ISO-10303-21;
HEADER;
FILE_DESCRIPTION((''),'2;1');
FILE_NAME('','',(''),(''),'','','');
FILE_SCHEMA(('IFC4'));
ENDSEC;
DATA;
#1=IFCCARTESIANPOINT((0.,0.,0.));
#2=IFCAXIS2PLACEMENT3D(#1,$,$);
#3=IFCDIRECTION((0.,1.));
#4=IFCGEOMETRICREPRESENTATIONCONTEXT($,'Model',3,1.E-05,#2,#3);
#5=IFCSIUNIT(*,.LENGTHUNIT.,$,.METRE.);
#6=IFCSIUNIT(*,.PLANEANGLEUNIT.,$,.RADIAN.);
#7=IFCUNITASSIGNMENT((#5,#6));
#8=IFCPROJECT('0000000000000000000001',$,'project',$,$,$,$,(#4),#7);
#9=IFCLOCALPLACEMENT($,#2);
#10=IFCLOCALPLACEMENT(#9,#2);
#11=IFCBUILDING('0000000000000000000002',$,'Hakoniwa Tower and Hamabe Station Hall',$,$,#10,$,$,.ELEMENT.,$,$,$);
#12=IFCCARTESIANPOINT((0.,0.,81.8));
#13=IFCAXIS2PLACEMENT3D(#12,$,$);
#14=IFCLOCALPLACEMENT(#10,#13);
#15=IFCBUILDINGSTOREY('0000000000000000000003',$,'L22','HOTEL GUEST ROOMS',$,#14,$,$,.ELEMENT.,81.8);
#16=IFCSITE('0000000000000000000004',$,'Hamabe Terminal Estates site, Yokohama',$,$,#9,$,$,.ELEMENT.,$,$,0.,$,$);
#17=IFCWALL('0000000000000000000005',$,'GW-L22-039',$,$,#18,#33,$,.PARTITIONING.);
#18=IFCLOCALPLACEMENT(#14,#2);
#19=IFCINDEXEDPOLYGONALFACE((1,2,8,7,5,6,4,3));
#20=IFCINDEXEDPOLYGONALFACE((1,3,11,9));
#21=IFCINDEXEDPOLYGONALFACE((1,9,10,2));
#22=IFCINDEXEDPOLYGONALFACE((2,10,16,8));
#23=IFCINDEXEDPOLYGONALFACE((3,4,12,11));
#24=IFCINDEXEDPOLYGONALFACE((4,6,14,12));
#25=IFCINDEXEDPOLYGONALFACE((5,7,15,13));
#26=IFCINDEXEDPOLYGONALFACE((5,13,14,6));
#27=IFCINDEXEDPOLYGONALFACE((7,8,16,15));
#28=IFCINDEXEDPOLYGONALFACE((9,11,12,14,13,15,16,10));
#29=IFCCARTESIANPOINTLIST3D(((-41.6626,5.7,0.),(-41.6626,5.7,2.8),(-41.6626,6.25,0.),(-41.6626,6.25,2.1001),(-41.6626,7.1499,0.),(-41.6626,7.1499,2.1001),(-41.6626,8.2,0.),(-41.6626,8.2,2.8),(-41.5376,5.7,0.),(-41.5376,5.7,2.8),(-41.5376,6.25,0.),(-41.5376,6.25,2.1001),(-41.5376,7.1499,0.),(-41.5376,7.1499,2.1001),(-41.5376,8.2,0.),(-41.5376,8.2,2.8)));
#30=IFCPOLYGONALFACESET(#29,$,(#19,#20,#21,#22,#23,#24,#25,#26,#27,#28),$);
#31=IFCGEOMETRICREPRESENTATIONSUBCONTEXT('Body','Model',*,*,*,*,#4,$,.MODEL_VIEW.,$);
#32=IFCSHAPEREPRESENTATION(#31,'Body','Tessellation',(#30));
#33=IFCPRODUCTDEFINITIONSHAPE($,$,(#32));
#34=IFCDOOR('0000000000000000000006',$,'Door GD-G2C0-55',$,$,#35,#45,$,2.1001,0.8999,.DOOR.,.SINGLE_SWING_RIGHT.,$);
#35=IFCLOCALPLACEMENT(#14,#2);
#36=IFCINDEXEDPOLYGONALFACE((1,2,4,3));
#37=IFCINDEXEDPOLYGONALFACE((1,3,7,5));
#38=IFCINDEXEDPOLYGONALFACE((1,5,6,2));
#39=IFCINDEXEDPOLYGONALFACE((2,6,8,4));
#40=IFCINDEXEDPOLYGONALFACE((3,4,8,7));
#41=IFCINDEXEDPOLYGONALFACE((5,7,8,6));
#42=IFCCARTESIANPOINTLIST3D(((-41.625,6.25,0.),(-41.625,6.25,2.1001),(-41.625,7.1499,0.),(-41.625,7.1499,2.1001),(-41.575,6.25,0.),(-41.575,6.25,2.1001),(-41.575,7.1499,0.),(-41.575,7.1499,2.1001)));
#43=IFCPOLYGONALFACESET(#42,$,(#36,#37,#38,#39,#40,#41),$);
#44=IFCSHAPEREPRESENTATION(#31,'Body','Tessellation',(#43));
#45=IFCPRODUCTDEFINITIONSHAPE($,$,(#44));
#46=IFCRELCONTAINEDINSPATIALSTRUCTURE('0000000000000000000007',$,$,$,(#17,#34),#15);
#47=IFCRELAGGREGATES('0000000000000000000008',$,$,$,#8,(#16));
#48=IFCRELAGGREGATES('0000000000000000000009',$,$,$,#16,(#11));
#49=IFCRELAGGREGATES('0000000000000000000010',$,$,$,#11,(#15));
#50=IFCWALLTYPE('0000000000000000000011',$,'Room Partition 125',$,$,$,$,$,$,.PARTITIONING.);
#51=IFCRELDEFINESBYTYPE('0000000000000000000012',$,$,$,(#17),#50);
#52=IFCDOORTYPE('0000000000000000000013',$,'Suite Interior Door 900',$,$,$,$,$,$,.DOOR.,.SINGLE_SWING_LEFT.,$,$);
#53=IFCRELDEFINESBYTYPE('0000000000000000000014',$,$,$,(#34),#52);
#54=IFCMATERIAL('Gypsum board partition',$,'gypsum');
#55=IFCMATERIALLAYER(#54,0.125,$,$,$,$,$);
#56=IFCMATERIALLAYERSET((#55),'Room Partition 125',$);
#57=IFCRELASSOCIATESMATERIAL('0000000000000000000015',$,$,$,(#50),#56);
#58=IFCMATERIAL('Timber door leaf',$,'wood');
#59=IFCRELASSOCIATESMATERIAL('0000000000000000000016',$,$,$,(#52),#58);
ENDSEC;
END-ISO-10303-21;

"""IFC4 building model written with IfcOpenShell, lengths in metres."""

from ifc_helpers import new_model, si_unit, direction, frame, frame_2d, origin, place, context, subcontext, project, spatial, rectangle, extrude, material, layer, layer_set, type_object, element, fill, save


model = new_model("IFC4")

# Units and contexts
model_context = context("Model", 3, precision=1e-05, world=origin(), true_north=direction((0.0, 1.0)))
body_context = subcontext(model_context, "Body", "Model", "MODEL_VIEW")
ifc_project = project(units=[si_unit("LENGTHUNIT", "METRE"), si_unit("PLANEANGLEUNIT", "RADIAN")], contexts=[model_context])

# Site, building, storey
site_placement = place(None, origin())
site = spatial("IfcSite", under=ifc_project, at=site_placement, Name="Hamabe Terminal Estates site, Yokohama", CompositionType="ELEMENT", RefElevation=0.0)
building_placement = place(site_placement, origin())
building = spatial("IfcBuilding", under=site, at=building_placement, Name="Hakoniwa Tower and Hamabe Station Hall", CompositionType="ELEMENT")
storey_placement = place(building_placement, frame((0.0, 0.0, 81.8)))
storey = spatial("IfcBuildingStorey", under=building, at=storey_placement, Name="L22", Description="HOTEL GUEST ROOMS", CompositionType="ELEMENT", Elevation=81.8)

# Shared definitions
ifc_material_1 = material(Name="Gypsum board partition", Category="gypsum")
ifc_layer_1 = layer(ifc_material_1, 0.125)
ifc_layer_set_1 = layer_set([ifc_layer_1], Name="Room Partition 125")
wall_type_1 = type_object("IfcWallType", Name="Room Partition 125", PredefinedType="PARTITIONING", material=ifc_layer_set_1)

# Wall, opening, door
wall_1_placement = place(storey_placement, frame((-41.6001, 5.7, 0.0), z_axis=(0.0, 0.0, 1.0), x_axis=(0.0, 1.0, 0.0)))
wall_1 = element("IfcWall", 1, at=wall_1_placement, inside=storey, type_object=wall_type_1, Name="GW-L22-039", PredefinedType="PARTITIONING", context=body_context, shape_type="SweptSolid", body=[
    extrude(rectangle(XDim=2.5, YDim=0.125, at=frame_2d((1.25, 0.0))), origin(), (0.0, 0.0, 1.0), 2.8),
])
opening_1_placement = place(wall_1_placement, frame((0.55, 0.0, 0.0)))
opening_1 = element("IfcOpeningElement", 2, at=opening_1_placement, cuts=wall_1, PredefinedType="OPENING", context=body_context, shape_type="SweptSolid", body=[
    extrude(rectangle(XDim=0.8999, YDim=2.1001, at=frame_2d((0.45, 1.05))), frame((0.0, 0.0725, 0.0), z_axis=(0.0, -1.0, 0.0), x_axis=(1.0, 0.0, 0.0)), (0.0, 0.0, 1.0), 0.145),
])
ifc_material_2 = material(Name="Timber door leaf", Category="wood")
door_type_1 = type_object("IfcDoorType", Name="Suite Interior Door 900", OperationType="SINGLE_SWING_LEFT", PredefinedType="DOOR", material=ifc_material_2)
door_1_placement = place(opening_1_placement, origin())
door_1 = element("IfcDoor", 3, at=door_1_placement, inside=storey, type_object=door_type_1, Name="Door GD-G2C0-55", OperationType="SINGLE_SWING_RIGHT", OverallHeight=2.1001, OverallWidth=0.8999, PredefinedType="DOOR", context=body_context, shape_type="SweptSolid", body=[
    extrude(rectangle(XDim=0.8999, YDim=2.1001, at=frame_2d((0.45, 1.05))), frame((0.0, 0.0249, 0.0), z_axis=(0.0, -1.0, 0.0), x_axis=(1.0, 0.0, 0.0)), (0.0, 0.0, 1.0), 0.05),
])
fill(opening_1, door_1)

save(model, "model.ifc")
